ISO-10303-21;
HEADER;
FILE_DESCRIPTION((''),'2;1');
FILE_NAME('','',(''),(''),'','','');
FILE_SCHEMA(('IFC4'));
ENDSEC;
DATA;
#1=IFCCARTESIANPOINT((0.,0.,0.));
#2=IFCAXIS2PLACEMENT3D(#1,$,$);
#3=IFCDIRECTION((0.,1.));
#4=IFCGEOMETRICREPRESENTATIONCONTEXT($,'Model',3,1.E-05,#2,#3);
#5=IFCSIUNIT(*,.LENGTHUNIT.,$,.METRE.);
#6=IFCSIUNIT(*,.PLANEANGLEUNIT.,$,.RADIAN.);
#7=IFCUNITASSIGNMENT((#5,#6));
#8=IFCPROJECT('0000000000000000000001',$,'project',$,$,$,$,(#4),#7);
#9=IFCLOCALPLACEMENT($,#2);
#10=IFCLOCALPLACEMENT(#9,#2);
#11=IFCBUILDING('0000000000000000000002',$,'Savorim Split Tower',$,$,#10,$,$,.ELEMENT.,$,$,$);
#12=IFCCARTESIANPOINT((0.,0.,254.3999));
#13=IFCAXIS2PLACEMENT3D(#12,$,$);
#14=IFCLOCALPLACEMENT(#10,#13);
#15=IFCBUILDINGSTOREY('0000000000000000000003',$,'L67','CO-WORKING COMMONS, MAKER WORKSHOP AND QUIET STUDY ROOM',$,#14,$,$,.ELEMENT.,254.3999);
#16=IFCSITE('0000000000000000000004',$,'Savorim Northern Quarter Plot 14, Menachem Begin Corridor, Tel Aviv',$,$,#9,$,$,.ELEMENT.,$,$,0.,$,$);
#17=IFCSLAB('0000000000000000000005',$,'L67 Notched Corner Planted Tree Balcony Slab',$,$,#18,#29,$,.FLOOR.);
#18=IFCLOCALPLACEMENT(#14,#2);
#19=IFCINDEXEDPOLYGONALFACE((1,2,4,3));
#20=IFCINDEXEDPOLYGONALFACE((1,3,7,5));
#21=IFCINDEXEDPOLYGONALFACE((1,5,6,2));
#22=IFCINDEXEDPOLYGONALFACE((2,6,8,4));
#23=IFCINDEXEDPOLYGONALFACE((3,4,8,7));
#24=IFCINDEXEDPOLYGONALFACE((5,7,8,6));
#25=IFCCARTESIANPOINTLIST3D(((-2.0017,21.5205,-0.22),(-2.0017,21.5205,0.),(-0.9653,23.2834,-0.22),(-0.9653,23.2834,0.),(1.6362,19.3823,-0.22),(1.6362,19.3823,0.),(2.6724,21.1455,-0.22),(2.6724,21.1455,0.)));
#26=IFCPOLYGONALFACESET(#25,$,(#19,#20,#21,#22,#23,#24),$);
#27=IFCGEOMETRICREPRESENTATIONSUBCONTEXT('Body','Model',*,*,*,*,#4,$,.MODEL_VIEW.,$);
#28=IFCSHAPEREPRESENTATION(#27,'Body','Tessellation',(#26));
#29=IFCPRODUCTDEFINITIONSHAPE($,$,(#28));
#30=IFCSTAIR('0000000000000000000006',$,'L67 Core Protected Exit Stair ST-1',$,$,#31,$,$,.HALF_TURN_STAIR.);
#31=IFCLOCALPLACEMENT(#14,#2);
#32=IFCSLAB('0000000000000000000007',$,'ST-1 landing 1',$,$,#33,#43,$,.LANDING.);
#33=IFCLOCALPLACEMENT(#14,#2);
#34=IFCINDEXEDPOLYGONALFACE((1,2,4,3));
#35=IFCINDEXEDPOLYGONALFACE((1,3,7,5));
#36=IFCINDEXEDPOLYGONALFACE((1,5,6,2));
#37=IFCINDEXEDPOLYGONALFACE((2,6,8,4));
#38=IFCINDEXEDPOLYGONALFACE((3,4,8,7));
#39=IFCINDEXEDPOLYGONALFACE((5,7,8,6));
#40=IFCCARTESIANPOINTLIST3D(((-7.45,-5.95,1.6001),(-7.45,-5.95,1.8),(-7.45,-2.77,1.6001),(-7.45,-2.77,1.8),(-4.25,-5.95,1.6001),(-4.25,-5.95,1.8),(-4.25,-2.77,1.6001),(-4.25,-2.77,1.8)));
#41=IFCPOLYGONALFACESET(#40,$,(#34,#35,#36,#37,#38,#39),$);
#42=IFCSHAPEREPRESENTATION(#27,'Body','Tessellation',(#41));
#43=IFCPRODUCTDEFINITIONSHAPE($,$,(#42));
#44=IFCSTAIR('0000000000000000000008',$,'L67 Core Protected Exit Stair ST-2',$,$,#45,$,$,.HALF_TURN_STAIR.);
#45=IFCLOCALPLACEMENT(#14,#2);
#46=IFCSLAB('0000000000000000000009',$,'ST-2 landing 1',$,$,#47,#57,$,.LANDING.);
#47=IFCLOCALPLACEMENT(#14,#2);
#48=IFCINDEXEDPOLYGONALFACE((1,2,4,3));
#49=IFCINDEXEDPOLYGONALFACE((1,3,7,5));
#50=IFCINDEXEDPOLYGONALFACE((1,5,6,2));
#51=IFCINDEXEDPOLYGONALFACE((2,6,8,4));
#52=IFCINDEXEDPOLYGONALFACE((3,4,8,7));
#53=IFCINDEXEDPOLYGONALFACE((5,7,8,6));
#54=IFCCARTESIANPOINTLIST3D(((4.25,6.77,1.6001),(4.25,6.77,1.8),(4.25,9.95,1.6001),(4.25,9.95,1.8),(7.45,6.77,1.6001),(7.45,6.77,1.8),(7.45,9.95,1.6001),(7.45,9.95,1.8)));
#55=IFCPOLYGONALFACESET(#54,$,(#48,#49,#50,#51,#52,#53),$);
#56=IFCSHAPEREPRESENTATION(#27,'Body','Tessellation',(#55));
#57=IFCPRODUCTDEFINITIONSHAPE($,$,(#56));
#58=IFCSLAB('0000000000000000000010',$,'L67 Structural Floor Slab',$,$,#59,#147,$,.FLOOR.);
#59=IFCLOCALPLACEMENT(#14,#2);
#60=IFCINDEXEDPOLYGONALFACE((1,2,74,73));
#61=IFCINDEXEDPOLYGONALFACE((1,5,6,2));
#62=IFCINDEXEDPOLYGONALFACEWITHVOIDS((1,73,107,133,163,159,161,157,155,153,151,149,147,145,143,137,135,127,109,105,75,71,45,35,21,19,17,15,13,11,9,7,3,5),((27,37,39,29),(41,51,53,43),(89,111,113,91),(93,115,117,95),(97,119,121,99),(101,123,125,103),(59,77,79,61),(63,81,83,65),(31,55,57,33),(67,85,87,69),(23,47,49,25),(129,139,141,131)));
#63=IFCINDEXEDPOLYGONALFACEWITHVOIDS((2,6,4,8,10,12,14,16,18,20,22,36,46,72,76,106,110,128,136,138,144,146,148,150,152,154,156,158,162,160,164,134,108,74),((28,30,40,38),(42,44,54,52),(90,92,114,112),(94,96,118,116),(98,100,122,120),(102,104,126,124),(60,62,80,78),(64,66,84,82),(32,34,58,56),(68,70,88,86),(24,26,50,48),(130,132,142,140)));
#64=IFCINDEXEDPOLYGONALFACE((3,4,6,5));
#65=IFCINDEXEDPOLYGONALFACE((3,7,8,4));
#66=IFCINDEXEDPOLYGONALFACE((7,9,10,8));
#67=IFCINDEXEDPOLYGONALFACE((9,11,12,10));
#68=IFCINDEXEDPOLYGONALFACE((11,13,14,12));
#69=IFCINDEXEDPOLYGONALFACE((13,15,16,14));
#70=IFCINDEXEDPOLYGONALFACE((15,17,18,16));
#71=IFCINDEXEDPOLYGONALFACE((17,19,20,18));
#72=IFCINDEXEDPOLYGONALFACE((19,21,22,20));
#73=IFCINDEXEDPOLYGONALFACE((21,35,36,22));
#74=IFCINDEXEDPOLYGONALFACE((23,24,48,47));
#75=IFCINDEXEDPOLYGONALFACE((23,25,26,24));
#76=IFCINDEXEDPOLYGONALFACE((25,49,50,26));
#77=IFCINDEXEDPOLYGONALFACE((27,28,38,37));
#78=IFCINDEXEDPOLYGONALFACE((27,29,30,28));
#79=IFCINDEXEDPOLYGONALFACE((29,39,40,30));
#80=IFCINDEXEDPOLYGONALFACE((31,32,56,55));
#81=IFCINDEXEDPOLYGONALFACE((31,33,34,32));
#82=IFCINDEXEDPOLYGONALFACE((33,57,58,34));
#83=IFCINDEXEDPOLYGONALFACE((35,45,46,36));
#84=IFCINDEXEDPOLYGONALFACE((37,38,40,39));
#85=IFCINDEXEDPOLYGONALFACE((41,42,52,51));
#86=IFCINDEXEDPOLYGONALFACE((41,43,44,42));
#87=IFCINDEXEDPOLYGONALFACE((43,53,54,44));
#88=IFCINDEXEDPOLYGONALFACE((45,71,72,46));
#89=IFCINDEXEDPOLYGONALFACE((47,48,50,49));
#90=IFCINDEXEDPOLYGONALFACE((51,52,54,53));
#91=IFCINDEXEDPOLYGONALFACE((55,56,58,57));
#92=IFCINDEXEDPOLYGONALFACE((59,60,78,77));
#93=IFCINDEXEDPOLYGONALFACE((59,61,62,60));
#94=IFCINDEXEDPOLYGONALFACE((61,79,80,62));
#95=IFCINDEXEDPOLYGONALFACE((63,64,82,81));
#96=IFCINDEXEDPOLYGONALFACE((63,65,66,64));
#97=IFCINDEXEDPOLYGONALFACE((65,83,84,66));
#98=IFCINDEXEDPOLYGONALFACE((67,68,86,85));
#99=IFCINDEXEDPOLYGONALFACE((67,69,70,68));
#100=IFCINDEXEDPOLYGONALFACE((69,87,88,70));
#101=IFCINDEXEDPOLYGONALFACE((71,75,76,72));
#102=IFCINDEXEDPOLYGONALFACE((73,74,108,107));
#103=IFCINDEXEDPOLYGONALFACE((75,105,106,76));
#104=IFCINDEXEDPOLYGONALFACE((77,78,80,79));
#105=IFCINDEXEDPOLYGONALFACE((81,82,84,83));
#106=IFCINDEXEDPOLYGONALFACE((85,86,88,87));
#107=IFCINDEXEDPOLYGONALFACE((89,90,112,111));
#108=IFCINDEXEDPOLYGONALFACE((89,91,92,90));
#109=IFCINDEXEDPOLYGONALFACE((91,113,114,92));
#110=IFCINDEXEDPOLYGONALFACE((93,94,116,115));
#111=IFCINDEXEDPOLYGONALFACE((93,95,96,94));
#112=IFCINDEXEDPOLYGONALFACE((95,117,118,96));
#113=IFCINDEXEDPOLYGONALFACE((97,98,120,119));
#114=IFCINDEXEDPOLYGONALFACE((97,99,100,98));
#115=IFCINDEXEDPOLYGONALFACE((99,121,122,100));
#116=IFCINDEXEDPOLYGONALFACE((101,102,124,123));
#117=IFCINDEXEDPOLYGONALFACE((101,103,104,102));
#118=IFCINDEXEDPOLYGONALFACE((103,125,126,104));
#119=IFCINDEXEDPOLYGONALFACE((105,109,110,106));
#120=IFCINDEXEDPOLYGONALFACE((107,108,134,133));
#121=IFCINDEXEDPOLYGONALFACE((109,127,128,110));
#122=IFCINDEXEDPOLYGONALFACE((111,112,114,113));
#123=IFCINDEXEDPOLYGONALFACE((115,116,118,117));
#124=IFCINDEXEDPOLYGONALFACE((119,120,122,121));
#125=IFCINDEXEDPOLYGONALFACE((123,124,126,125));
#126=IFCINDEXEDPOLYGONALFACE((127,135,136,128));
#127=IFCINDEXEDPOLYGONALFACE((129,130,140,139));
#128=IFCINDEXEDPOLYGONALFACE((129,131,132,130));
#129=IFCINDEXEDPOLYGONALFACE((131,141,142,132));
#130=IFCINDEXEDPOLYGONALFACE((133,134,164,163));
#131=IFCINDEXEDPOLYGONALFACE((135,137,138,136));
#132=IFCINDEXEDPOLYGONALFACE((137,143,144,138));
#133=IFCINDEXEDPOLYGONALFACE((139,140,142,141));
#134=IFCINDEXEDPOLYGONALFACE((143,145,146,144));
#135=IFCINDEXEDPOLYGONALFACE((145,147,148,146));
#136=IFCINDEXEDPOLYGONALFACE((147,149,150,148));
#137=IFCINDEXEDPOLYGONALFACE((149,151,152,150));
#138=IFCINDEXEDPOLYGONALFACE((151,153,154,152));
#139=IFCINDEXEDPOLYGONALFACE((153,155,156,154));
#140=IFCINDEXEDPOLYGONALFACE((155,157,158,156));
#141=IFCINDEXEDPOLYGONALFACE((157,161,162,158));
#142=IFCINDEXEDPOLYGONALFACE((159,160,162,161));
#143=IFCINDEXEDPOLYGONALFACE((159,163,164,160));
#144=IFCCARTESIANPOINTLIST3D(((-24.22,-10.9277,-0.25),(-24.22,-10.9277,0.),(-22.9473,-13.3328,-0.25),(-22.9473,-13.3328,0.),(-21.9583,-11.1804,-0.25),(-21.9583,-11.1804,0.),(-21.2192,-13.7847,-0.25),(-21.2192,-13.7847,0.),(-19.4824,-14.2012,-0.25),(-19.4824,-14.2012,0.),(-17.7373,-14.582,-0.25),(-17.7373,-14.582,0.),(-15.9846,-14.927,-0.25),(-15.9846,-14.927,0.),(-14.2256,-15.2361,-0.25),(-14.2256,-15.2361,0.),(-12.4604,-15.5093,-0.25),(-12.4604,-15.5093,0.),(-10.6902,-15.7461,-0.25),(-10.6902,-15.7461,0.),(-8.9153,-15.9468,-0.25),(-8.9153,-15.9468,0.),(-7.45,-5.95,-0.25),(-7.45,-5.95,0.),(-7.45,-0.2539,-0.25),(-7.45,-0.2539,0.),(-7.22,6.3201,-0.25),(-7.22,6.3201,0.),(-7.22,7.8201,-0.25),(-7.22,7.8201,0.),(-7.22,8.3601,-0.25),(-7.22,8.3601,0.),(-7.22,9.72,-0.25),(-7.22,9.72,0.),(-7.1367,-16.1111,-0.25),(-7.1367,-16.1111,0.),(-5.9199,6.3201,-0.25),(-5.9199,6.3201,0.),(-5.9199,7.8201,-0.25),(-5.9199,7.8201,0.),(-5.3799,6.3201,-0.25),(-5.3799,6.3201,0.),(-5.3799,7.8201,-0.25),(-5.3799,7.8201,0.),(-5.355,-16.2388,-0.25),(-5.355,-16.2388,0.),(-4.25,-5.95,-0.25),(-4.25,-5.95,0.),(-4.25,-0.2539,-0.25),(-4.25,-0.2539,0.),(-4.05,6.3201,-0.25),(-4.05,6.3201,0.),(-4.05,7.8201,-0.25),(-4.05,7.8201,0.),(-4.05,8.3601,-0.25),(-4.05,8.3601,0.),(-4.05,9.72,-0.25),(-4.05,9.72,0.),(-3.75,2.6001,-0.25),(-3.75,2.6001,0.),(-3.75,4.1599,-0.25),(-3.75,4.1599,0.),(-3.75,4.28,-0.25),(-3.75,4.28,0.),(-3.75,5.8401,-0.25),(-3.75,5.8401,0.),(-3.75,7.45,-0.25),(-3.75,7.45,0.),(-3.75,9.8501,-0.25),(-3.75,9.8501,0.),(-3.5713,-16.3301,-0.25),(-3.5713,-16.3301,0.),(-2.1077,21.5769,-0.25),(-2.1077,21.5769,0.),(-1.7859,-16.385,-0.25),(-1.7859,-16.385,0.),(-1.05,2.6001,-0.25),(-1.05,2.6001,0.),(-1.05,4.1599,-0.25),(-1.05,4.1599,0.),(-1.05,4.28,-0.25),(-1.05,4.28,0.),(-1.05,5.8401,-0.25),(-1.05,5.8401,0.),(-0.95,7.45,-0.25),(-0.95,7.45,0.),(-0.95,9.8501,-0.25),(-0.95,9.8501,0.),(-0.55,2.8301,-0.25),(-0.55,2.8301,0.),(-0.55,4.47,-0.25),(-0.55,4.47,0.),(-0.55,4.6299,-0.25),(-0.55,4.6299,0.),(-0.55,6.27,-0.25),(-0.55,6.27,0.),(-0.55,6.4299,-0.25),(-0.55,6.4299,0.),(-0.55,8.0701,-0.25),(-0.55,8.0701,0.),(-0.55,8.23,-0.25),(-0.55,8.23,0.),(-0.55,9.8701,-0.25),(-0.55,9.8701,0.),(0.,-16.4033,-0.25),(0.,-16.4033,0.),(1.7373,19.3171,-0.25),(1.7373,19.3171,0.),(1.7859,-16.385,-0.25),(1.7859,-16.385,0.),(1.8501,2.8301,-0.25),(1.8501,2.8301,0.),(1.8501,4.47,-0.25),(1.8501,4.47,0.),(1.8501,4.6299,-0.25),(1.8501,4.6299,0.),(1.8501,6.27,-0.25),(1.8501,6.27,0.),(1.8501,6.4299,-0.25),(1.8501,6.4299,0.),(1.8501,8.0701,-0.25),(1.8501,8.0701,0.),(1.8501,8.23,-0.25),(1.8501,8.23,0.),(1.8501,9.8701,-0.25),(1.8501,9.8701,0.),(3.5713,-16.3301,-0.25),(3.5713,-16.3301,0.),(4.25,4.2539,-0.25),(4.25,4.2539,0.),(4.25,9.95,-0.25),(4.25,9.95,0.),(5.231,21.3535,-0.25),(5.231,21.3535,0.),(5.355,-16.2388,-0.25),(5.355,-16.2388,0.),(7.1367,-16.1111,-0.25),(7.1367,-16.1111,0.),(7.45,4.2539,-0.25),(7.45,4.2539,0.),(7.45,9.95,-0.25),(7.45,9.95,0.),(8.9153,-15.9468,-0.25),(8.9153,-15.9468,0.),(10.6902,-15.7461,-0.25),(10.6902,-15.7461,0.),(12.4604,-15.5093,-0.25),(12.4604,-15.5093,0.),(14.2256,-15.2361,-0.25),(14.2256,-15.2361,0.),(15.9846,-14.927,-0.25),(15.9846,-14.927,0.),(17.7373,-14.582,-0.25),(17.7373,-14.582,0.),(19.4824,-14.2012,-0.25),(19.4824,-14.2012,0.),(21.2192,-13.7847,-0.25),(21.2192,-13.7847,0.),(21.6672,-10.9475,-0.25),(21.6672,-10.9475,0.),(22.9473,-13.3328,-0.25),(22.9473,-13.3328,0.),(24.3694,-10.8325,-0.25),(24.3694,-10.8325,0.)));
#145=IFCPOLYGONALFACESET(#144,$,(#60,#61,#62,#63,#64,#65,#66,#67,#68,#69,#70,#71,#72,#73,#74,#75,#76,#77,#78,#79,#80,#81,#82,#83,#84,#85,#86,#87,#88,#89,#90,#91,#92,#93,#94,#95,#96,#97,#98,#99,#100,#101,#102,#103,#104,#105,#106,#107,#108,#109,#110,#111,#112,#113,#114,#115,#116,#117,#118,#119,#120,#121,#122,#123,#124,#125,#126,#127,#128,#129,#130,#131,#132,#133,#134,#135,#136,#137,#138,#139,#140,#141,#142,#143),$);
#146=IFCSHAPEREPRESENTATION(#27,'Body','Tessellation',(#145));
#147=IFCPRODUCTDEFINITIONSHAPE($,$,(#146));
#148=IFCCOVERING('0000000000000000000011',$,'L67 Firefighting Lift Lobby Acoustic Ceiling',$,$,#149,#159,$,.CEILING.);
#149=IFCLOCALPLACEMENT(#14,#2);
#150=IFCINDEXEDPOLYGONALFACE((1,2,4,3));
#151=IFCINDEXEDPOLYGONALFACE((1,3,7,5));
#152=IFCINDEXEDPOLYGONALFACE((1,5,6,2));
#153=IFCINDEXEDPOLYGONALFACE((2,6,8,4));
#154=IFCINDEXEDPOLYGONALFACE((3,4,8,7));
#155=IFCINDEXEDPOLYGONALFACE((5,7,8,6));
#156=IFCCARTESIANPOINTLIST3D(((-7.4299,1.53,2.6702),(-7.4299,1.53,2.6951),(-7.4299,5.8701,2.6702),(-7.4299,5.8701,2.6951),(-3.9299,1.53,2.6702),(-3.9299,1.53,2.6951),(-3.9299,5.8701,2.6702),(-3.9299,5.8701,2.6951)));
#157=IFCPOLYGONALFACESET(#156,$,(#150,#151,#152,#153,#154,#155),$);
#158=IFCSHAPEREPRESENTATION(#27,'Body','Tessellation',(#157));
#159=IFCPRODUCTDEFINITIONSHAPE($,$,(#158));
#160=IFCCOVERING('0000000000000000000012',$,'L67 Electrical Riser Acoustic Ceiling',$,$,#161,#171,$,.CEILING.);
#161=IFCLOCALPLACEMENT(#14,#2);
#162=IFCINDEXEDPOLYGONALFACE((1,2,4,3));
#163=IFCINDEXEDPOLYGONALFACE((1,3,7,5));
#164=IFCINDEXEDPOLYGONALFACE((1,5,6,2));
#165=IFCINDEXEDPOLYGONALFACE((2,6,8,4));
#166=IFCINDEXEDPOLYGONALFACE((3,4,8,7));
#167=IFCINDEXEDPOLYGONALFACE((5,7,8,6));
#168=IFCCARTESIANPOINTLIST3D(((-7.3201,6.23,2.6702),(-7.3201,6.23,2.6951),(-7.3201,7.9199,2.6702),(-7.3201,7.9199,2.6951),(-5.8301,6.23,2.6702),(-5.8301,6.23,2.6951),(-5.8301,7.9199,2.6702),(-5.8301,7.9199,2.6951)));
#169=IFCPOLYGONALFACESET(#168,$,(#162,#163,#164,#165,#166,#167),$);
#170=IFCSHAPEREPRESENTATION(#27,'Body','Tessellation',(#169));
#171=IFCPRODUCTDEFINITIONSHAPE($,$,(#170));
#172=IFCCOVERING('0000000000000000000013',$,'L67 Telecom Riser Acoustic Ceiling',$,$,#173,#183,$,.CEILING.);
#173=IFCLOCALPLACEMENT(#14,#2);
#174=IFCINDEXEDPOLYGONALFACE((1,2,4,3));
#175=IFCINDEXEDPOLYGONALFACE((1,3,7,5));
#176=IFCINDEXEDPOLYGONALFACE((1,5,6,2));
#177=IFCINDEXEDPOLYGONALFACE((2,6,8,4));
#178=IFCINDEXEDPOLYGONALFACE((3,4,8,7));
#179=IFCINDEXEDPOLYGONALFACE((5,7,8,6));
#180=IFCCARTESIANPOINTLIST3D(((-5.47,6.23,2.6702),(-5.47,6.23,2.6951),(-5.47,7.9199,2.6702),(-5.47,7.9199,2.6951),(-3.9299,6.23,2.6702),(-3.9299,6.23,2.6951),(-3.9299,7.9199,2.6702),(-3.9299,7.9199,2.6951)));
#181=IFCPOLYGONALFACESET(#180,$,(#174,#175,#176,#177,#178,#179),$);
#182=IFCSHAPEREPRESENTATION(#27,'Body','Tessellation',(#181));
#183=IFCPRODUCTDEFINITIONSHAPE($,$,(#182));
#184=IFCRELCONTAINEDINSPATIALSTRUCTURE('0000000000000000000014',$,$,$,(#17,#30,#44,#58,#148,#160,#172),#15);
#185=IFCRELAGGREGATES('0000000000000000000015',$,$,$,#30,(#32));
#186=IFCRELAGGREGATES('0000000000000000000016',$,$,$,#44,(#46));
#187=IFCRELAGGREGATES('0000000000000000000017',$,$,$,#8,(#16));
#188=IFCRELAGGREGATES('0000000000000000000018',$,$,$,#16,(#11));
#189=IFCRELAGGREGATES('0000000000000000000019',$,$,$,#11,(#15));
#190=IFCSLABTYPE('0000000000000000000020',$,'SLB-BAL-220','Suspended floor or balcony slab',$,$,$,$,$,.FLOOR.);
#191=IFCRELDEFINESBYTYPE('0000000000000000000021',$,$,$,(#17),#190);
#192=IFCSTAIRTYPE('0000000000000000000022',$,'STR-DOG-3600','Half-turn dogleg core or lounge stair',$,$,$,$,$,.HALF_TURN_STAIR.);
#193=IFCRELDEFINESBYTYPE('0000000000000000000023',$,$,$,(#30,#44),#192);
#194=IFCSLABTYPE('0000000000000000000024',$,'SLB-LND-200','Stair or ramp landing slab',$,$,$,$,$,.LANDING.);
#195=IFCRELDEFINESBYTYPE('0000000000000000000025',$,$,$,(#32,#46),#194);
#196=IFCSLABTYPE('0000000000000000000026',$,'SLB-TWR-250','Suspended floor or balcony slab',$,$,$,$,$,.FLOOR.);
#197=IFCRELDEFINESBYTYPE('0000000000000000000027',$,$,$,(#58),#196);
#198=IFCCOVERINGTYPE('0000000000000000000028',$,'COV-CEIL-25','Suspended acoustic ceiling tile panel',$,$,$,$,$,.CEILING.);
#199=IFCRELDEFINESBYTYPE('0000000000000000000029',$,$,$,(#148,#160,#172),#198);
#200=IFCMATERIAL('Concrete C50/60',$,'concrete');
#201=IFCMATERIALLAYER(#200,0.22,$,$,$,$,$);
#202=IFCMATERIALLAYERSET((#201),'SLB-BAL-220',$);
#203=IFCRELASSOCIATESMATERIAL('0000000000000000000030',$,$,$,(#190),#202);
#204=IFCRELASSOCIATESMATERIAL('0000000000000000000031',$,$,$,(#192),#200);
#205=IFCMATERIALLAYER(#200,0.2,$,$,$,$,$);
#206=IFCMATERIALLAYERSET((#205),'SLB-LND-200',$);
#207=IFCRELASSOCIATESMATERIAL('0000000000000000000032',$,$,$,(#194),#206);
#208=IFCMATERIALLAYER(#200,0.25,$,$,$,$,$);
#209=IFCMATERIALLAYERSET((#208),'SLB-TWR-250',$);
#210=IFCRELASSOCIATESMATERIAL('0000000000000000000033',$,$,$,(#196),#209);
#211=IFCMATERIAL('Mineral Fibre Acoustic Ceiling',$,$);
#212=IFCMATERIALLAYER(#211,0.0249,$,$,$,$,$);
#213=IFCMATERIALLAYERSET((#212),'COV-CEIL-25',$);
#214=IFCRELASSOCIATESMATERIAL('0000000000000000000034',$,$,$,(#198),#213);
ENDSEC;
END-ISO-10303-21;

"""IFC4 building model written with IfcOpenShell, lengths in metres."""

from ifc_helpers import new_model, si_unit, direction, frame, origin, place, context, subcontext, project, spatial, polyline, outline, extrude, material, layer, layer_set, type_object, element, aggregate, save


model = new_model("IFC4")

# Units and contexts
model_context = context("Model", 3, precision=1e-05, world=origin(), true_north=direction((0.0, 1.0)))
body_context = subcontext(model_context, "Body", "Model", "MODEL_VIEW")
ifc_project = project(units=[si_unit("LENGTHUNIT", "METRE"), si_unit("PLANEANGLEUNIT", "RADIAN")], contexts=[model_context])

# Site, building, storey
site_placement = place(None, origin())
site = spatial("IfcSite", under=ifc_project, at=site_placement, Name="Savorim Northern Quarter Plot 14, Menachem Begin Corridor, Tel Aviv", CompositionType="ELEMENT", RefElevation=0.0)
building_placement = place(site_placement, origin())
building = spatial("IfcBuilding", under=site, at=building_placement, Name="Savorim Split Tower", CompositionType="ELEMENT")
storey_placement = place(building_placement, frame((0.0, 0.0, 254.3999)))
storey = spatial("IfcBuildingStorey", under=building, at=storey_placement, Name="L67", Description="CO-WORKING COMMONS, MAKER WORKSHOP AND QUIET STUDY ROOM", CompositionType="ELEMENT", Elevation=254.3999)

# Slab
ifc_material_1 = material(Name="Concrete C50/60", Category="concrete")
ifc_layer_1 = layer(ifc_material_1, 0.22)
ifc_layer_set_1 = layer_set([ifc_layer_1], Name="SLB-BAL-220")
slab_type_1 = type_object("IfcSlabType", Name="SLB-BAL-220", Description="Suspended floor or balcony slab", PredefinedType="FLOOR", material=ifc_layer_set_1)
slab_1_placement = place(storey_placement, frame((0.0, 0.0, -0.22)))
element("IfcSlab", 1, at=slab_1_placement, inside=storey, type_object=slab_type_1, Name="L67 Notched Corner Planted Tree Balcony Slab", PredefinedType="FLOOR", context=body_context, shape_type="SweptSolid", body=[
    extrude(outline(polyline([(-2.0017, 21.5205), (1.6362, 19.3823), (2.6724, 21.1455), (-0.9653, 23.2834), (-2.0017, 21.5205)])), origin(), (0.0, 0.0, 1.0), 0.22),
])

# Stairs, slabs
stair_type = type_object("IfcStairType", Name="STR-DOG-3600", Description="Half-turn dogleg core or lounge stair", PredefinedType="HALF_TURN_STAIR", material=ifc_material_1)
stair_1_placement = place(storey_placement, origin())
stair_1 = element("IfcStair", 2, at=stair_1_placement, inside=storey, type_object=stair_type, Name="L67 Core Protected Exit Stair ST-1", PredefinedType="HALF_TURN_STAIR")
ifc_layer_2 = layer(ifc_material_1, 0.2)
ifc_layer_set_2 = layer_set([ifc_layer_2], Name="SLB-LND-200")
slab_type_2 = type_object("IfcSlabType", Name="SLB-LND-200", Description="Stair or ramp landing slab", PredefinedType="LANDING", material=ifc_layer_set_2)
slab_2_placement = place(storey_placement, frame((0.0, 0.0, 1.6001)))
slab_2 = element("IfcSlab", 3, at=slab_2_placement, type_object=slab_type_2, Name="ST-1 landing 1", PredefinedType="LANDING", context=body_context, shape_type="SweptSolid", body=[
    extrude(outline(polyline([(-7.45, -2.77), (-7.45, -5.95), (-4.25, -5.95), (-4.25, -2.77), (-7.45, -2.77)])), origin(), (0.0, 0.0, 1.0), 0.2),
])
aggregate(stair_1, [slab_2])
stair_2_placement = place(storey_placement, origin())
stair_2 = element("IfcStair", 4, at=stair_2_placement, inside=storey, type_object=stair_type, Name="L67 Core Protected Exit Stair ST-2", PredefinedType="HALF_TURN_STAIR")
slab_3_placement = place(storey_placement, frame((0.0, 0.0, 1.6001)))
slab_3 = element("IfcSlab", 5, at=slab_3_placement, type_object=slab_type_2, Name="ST-2 landing 1", PredefinedType="LANDING", context=body_context, shape_type="SweptSolid", body=[
    extrude(outline(polyline([(7.45, 6.77), (7.45, 9.95), (4.25, 9.95), (4.25, 6.77), (7.45, 6.77)])), origin(), (0.0, 0.0, 1.0), 0.2),
])
aggregate(stair_2, [slab_3])

# Slab
ifc_layer_3 = layer(ifc_material_1, 0.25)
ifc_layer_set_3 = layer_set([ifc_layer_3], Name="SLB-TWR-250")
slab_type_3 = type_object("IfcSlabType", Name="SLB-TWR-250", Description="Suspended floor or balcony slab", PredefinedType="FLOOR", material=ifc_layer_set_3)
slab_4_placement = place(storey_placement, frame((0.0, 0.0, -0.25)))
element("IfcSlab", 6, at=slab_4_placement, inside=storey, type_object=slab_type_3, Name="L67 Structural Floor Slab", PredefinedType="FLOOR", context=body_context, shape_type="SweptSolid", body=[
    extrude(outline(polyline([(-22.9473, -13.3328), (-21.2192, -13.7847), (-19.4824, -14.2012), (-17.7373, -14.582), (-15.9846, -14.927), (-14.2256, -15.2361), (-12.4604, -15.5093), (-10.6902, -15.7461), (-8.9153, -15.9468), (-7.1367, -16.1111), (-5.355, -16.2388), (-3.5713, -16.3301), (-1.7859, -16.385), (0.0, -16.4033), (1.7859, -16.385), (3.5713, -16.3301), (5.355, -16.2388), (7.1367, -16.1111), (8.9153, -15.9468), (10.6902, -15.7461), (12.4604, -15.5093), (14.2256, -15.2361), (15.9846, -14.927), (17.7373, -14.582), (19.4824, -14.2012), (21.2192, -13.7847), (22.9473, -13.3328), (21.6672, -10.9475), (24.3694, -10.8325), (5.231, 21.3535), (1.7373, 19.3171), (-2.1077, 21.5769), (-24.22, -10.9277), (-21.9583, -11.1804), (-22.9473, -13.3328)]), holes=[polyline([(-7.45, -0.2539), (-7.45, -5.95), (-4.25, -5.95), (-4.25, -0.2539), (-7.45, -0.2539)]), polyline([(7.45, 4.2539), (7.45, 9.95), (4.25, 9.95), (4.25, 4.2539), (7.45, 4.2539)]), polyline([(-0.55, 2.8301), (1.8501, 2.8301), (1.8501, 4.47), (-0.55, 4.47), (-0.55, 2.8301)]), polyline([(-0.55, 4.6299), (1.8501, 4.6299), (1.8501, 6.27), (-0.55, 6.27), (-0.55, 4.6299)]), polyline([(-0.55, 6.4299), (1.8501, 6.4299), (1.8501, 8.0701), (-0.55, 8.0701), (-0.55, 6.4299)]), polyline([(-0.55, 8.23), (1.8501, 8.23), (1.8501, 9.8701), (-0.55, 9.8701), (-0.55, 8.23)]), polyline([(-3.75, 2.6001), (-1.05, 2.6001), (-1.05, 4.1599), (-3.75, 4.1599), (-3.75, 2.6001)]), polyline([(-3.75, 4.28), (-1.05, 4.28), (-1.05, 5.8401), (-3.75, 5.8401), (-3.75, 4.28)]), polyline([(-3.75, 7.45), (-0.95, 7.45), (-0.95, 9.8501), (-3.75, 9.8501), (-3.75, 7.45)]), polyline([(-7.22, 6.3201), (-5.9199, 6.3201), (-5.9199, 7.8201), (-7.22, 7.8201), (-7.22, 6.3201)]), polyline([(-5.3799, 6.3201), (-4.05, 6.3201), (-4.05, 7.8201), (-5.3799, 7.8201), (-5.3799, 6.3201)]), polyline([(-7.22, 8.3601), (-4.05, 8.3601), (-4.05, 9.72), (-7.22, 9.72), (-7.22, 8.3601)])]), origin(), (0.0, 0.0, 1.0), 0.25),
])

# Coverings
ifc_material_2 = material(Name="Mineral Fibre Acoustic Ceiling")
ifc_layer_4 = layer(ifc_material_2, 0.0249)
ifc_layer_set_4 = layer_set([ifc_layer_4], Name="COV-CEIL-25")
covering_type_1 = type_object("IfcCoveringType", Name="COV-CEIL-25", Description="Suspended acoustic ceiling tile panel", PredefinedType="CEILING", material=ifc_layer_set_4)
covering_1_placement = place(storey_placement, frame((0.0, 0.0, 2.6702)))
element("IfcCovering", 7, at=covering_1_placement, inside=storey, type_object=covering_type_1, Name="L67 Firefighting Lift Lobby Acoustic Ceiling", PredefinedType="CEILING", context=body_context, shape_type="SweptSolid", body=[
    extrude(outline(polyline([(-7.4299, 5.8701), (-7.4299, 1.53), (-3.9299, 1.53), (-3.9299, 5.8701), (-7.4299, 5.8701)])), origin(), (0.0, 0.0, 1.0), 0.0249),
])
covering_2_placement = place(storey_placement, frame((0.0, 0.0, 2.6702)))
element("IfcCovering", 8, at=covering_2_placement, inside=storey, type_object=covering_type_1, Name="L67 Electrical Riser Acoustic Ceiling", PredefinedType="CEILING", context=body_context, shape_type="SweptSolid", body=[
    extrude(outline(polyline([(-7.3201, 7.9199), (-7.3201, 6.23), (-5.8301, 6.23), (-5.8301, 7.9199), (-7.3201, 7.9199)])), origin(), (0.0, 0.0, 1.0), 0.0249),
])
covering_3_placement = place(storey_placement, frame((0.0, 0.0, 2.6702)))
element("IfcCovering", 9, at=covering_3_placement, inside=storey, type_object=covering_type_1, Name="L67 Telecom Riser Acoustic Ceiling", PredefinedType="CEILING", context=body_context, shape_type="SweptSolid", body=[
    extrude(outline(polyline([(-5.47, 7.9199), (-5.47, 6.23), (-3.9299, 6.23), (-3.9299, 7.9199), (-5.47, 7.9199)])), origin(), (0.0, 0.0, 1.0), 0.0249),
])

save(model, "model.ifc")
